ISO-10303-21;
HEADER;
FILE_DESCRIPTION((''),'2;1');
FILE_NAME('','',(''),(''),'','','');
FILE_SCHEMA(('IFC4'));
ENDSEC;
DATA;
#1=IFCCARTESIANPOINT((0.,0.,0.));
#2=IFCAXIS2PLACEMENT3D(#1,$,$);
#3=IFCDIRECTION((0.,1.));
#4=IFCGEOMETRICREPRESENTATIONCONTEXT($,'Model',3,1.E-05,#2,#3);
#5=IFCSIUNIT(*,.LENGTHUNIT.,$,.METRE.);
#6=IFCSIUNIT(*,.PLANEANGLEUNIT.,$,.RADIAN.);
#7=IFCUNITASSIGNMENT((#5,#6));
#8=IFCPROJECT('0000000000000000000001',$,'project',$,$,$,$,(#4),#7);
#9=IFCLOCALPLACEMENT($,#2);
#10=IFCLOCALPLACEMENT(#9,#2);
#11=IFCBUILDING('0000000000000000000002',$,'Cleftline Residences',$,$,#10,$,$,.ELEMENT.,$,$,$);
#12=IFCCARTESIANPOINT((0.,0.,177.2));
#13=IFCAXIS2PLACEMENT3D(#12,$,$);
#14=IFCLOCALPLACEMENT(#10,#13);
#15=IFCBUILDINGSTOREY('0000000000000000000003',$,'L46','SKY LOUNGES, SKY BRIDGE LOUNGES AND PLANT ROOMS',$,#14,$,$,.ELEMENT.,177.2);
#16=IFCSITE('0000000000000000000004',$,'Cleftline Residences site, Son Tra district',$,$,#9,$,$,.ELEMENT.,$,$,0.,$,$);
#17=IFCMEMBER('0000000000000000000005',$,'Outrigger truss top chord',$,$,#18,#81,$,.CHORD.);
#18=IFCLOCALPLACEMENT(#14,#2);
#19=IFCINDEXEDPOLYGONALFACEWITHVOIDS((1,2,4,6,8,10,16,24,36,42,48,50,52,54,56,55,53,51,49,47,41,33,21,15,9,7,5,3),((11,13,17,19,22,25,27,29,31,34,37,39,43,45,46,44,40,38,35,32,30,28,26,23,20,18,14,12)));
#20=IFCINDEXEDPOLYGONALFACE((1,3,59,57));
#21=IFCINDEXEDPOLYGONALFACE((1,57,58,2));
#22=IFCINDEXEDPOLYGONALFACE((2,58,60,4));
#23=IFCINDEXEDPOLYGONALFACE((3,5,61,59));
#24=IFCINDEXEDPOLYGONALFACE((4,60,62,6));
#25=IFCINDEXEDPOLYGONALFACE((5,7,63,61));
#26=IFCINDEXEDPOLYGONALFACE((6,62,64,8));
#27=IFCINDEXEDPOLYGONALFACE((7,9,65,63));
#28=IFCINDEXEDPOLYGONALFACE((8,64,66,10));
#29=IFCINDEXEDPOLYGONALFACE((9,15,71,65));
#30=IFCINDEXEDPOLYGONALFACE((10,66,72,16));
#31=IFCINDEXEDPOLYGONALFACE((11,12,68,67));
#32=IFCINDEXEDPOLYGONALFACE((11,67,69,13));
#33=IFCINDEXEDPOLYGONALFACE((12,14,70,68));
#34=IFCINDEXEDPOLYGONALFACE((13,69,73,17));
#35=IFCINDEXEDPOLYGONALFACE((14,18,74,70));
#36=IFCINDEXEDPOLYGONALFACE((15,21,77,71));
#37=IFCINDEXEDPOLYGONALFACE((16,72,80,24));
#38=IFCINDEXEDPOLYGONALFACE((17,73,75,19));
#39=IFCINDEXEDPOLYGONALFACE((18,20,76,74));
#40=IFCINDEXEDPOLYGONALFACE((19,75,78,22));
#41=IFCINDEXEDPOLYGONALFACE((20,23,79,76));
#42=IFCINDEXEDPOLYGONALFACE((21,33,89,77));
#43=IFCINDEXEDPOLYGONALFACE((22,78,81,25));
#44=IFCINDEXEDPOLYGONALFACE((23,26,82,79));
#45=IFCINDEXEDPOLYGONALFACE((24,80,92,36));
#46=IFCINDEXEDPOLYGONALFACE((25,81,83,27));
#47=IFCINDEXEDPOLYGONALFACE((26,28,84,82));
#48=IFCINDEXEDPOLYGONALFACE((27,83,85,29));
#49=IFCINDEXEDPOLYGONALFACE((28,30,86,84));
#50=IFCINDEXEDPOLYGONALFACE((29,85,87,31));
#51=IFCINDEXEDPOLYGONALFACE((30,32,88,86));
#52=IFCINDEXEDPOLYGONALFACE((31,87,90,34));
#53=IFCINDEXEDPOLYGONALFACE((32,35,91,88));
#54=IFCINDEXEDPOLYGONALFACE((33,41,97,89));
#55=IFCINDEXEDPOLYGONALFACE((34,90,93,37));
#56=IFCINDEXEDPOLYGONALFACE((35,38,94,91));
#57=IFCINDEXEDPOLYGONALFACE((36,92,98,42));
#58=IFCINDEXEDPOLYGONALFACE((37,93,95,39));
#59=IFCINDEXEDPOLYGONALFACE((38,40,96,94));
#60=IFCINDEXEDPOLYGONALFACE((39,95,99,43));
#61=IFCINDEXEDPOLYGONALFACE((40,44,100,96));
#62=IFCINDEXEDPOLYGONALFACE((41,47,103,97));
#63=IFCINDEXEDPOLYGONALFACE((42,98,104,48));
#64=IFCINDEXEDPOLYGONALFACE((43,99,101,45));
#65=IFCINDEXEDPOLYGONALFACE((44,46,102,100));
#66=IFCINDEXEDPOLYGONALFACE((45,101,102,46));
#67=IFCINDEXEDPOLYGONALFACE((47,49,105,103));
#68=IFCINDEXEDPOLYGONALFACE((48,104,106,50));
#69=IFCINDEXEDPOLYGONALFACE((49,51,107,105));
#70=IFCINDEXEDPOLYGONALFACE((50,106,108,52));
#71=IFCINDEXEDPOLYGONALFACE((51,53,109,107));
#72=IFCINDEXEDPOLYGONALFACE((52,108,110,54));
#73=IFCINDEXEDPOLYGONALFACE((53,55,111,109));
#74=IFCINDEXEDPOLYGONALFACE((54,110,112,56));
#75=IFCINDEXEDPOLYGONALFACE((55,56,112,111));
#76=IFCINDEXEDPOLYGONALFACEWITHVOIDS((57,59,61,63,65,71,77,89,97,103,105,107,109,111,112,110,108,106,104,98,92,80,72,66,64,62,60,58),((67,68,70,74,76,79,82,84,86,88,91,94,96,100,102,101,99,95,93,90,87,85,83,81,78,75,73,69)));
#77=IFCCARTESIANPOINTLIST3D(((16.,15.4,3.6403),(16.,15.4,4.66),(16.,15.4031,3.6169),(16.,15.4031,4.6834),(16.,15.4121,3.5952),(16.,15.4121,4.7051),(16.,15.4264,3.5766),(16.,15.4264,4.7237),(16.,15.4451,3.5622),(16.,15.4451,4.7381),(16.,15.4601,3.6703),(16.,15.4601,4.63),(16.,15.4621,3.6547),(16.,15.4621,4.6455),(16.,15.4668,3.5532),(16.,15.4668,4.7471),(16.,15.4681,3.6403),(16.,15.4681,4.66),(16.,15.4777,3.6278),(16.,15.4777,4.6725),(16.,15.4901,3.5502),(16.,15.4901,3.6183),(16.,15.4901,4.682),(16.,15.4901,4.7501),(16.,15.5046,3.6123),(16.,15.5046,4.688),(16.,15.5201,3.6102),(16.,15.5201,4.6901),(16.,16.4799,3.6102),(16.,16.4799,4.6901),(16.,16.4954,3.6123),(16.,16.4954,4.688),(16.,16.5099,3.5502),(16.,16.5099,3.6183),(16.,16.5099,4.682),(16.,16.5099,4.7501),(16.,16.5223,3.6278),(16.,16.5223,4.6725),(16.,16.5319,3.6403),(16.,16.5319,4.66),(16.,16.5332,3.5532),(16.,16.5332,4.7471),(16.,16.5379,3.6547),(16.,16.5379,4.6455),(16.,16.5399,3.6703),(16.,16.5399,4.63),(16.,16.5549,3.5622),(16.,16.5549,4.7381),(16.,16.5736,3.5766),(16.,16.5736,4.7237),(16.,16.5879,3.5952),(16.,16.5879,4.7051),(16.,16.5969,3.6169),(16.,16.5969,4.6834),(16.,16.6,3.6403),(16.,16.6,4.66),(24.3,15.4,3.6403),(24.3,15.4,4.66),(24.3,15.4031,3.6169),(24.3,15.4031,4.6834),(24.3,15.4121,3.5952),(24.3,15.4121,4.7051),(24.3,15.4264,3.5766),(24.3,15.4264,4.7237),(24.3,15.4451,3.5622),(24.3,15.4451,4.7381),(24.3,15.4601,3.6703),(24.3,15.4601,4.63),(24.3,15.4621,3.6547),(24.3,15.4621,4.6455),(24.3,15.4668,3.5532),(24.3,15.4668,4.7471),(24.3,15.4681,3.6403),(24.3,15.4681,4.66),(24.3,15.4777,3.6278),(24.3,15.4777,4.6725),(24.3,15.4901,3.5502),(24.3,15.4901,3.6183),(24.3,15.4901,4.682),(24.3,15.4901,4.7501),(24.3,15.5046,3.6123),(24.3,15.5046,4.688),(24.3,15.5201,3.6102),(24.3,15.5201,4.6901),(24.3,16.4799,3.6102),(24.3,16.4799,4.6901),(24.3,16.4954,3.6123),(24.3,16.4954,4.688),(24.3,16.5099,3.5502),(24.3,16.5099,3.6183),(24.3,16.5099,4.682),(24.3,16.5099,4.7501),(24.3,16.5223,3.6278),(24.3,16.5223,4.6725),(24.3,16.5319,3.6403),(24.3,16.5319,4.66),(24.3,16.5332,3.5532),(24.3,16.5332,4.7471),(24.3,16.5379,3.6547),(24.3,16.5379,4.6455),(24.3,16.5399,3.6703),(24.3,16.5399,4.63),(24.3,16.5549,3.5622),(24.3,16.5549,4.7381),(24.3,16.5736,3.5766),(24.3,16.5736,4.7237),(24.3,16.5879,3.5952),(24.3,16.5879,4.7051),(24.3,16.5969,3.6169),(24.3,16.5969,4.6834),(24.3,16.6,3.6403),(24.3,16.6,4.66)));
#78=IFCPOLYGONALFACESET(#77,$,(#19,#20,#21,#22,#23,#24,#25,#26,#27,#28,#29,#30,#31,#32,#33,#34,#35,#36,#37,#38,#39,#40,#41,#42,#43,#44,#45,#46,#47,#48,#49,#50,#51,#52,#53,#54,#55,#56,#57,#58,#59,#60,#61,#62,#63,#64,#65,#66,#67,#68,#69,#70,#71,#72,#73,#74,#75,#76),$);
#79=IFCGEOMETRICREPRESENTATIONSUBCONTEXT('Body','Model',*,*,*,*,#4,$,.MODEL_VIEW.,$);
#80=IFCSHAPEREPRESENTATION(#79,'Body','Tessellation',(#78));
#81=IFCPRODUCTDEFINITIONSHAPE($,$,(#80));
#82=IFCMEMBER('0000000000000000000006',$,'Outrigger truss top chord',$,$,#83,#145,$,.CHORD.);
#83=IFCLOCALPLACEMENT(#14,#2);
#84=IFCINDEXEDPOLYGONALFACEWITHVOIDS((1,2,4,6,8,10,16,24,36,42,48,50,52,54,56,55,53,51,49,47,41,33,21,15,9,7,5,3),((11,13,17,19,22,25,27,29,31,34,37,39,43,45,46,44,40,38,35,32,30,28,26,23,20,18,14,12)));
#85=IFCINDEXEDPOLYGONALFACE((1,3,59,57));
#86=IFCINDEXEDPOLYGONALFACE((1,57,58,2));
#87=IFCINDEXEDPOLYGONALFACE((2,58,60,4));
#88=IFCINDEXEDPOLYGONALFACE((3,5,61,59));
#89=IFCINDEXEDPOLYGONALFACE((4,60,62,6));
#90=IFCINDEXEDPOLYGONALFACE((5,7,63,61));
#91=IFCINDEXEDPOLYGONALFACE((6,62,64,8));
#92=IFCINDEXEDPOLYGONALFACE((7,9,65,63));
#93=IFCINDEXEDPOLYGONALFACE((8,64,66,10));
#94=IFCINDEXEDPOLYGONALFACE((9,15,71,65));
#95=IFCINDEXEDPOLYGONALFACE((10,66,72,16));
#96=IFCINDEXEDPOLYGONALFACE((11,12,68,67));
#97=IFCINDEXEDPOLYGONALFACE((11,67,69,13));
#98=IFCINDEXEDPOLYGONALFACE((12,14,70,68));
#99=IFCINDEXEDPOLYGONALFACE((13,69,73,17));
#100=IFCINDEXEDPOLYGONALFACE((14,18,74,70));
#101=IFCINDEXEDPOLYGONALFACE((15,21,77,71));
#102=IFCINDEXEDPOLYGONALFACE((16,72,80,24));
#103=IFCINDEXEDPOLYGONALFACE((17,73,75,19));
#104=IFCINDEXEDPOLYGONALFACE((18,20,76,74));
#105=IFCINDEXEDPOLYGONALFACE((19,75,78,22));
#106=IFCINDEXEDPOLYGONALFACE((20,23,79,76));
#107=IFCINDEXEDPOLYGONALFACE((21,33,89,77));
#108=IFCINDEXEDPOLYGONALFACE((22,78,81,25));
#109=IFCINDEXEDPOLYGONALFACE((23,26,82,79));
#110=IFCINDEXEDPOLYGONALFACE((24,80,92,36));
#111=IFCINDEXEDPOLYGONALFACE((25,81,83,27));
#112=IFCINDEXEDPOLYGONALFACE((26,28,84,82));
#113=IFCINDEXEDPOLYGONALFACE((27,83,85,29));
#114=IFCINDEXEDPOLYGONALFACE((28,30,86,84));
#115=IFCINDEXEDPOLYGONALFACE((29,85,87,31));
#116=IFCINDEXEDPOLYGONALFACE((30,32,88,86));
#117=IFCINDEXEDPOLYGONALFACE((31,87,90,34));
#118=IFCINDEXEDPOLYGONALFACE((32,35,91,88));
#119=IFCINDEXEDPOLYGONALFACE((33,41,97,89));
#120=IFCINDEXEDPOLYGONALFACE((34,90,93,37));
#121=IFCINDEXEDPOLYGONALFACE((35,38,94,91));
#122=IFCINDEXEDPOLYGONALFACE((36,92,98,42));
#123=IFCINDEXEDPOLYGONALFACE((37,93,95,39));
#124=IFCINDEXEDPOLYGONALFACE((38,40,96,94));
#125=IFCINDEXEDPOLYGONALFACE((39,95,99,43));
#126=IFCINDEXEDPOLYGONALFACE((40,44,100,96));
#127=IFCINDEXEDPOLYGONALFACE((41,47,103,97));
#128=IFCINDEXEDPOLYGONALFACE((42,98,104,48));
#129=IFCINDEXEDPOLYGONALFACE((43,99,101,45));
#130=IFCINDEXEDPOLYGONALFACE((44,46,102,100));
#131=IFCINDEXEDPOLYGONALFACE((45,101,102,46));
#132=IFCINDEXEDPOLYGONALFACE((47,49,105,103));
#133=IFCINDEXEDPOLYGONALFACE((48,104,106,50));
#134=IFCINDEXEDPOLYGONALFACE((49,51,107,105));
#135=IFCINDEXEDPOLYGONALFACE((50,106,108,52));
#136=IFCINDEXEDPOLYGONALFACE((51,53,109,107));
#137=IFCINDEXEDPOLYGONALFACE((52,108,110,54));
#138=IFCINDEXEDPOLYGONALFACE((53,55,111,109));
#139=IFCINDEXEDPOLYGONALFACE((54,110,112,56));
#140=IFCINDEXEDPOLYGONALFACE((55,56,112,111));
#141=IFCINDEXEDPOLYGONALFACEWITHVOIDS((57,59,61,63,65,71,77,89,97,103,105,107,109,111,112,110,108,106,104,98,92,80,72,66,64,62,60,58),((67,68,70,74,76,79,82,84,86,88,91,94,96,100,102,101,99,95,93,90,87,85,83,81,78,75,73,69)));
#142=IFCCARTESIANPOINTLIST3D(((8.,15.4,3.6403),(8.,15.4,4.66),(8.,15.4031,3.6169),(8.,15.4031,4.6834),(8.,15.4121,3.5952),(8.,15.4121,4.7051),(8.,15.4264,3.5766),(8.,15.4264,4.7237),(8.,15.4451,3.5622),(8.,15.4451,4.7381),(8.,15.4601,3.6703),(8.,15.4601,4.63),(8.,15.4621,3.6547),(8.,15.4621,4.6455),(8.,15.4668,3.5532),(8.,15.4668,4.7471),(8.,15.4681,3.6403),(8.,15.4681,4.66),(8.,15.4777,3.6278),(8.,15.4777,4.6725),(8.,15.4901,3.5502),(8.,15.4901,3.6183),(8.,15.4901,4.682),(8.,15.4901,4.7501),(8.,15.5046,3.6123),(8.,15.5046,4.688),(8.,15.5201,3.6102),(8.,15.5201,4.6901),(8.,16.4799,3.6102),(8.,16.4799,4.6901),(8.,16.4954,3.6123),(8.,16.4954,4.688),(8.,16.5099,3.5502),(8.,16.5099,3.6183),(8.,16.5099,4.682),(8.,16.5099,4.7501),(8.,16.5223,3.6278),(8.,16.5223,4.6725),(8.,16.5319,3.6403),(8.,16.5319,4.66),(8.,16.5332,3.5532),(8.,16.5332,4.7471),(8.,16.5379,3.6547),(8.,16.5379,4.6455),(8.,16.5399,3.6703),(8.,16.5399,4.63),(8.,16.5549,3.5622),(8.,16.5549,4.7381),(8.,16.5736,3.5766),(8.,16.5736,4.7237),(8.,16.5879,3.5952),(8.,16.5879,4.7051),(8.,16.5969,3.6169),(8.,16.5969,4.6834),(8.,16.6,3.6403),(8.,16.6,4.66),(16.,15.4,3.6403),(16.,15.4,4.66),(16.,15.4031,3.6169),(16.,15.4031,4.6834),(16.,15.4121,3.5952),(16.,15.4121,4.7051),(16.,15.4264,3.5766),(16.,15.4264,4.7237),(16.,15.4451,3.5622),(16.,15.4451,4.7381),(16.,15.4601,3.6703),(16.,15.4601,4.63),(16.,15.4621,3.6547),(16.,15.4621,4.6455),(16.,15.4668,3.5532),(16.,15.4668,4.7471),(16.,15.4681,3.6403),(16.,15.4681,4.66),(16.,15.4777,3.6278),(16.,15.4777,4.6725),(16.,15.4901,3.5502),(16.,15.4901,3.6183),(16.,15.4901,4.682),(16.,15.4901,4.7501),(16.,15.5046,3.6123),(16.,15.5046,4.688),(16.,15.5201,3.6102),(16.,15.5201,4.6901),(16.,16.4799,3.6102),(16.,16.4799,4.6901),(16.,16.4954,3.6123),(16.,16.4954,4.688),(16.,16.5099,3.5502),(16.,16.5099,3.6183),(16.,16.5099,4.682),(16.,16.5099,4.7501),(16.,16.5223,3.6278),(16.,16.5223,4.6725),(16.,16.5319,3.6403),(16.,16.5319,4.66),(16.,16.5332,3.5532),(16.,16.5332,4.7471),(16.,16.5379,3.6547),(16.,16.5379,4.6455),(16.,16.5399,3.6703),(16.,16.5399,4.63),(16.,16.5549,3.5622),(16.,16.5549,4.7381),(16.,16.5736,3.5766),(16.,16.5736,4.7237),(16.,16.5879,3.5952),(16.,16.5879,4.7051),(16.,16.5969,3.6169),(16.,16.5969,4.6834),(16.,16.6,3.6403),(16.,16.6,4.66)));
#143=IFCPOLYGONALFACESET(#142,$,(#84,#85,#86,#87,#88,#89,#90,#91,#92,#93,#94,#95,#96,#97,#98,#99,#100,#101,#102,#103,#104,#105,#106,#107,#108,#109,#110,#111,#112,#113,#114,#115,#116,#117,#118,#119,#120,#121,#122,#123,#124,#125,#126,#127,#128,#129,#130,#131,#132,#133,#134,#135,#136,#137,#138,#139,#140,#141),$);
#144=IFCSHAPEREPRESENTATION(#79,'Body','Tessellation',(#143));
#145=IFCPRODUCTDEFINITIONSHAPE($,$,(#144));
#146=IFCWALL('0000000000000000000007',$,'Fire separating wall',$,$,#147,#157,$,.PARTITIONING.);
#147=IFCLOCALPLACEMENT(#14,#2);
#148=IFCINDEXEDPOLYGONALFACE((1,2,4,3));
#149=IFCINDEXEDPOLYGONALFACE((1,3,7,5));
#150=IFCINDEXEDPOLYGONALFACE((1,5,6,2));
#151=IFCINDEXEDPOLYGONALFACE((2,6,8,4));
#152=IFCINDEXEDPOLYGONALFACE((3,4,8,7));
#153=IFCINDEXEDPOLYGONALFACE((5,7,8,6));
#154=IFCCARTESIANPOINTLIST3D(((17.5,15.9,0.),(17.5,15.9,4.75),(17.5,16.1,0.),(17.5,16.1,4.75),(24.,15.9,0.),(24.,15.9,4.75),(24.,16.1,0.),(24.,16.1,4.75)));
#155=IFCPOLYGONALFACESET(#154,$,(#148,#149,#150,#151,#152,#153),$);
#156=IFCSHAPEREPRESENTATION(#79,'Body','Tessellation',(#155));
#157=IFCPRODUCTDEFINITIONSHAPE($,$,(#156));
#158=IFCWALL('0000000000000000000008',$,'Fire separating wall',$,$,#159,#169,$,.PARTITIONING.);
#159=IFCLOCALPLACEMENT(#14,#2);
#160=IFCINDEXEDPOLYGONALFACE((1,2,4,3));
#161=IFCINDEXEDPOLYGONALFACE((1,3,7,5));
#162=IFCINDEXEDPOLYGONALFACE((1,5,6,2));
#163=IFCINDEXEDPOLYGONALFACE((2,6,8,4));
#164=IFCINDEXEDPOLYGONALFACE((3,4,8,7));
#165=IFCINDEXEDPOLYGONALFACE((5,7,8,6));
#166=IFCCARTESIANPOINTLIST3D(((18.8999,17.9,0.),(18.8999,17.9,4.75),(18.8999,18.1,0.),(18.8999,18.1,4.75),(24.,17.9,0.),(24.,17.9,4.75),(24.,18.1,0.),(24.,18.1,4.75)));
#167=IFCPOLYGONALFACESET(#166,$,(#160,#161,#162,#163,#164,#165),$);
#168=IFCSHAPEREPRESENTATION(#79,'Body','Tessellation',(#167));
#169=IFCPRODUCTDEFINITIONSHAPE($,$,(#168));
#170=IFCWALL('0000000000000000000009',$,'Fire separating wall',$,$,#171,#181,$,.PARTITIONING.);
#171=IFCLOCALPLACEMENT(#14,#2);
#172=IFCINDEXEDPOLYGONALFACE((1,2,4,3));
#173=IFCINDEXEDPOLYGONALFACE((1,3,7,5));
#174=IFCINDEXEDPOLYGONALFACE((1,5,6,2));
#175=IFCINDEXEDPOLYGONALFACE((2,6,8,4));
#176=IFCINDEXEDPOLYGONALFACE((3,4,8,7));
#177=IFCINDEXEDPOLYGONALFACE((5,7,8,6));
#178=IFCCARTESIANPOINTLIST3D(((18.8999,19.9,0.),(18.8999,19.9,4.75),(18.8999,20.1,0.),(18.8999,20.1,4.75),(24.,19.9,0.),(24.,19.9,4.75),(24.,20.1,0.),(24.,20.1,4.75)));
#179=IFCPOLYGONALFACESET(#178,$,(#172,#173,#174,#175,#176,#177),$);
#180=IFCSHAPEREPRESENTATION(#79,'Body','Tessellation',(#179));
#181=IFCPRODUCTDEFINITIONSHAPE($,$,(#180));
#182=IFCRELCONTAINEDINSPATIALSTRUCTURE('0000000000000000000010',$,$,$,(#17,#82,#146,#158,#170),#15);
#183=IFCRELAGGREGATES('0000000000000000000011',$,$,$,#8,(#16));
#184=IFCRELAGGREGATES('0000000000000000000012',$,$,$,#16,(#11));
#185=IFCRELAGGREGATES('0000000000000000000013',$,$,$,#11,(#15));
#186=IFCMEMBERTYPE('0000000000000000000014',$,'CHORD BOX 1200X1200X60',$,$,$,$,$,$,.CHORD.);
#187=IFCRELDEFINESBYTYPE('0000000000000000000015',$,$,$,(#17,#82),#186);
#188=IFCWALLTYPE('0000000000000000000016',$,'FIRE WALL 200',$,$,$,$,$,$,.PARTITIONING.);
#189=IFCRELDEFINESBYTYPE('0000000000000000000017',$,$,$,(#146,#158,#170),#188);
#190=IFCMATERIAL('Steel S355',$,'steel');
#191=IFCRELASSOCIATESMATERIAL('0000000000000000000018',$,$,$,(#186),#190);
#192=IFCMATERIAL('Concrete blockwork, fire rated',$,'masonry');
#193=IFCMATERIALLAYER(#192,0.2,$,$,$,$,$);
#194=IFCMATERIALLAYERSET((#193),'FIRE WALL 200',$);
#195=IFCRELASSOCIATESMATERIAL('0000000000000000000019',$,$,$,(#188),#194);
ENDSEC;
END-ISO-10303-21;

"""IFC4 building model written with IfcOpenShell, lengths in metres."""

from ifc_helpers import new_model, si_unit, direction, frame, frame_2d, origin, origin_2d, place, context, subcontext, project, spatial, rectangle, hollow_rectangle, extrude, material, layer, layer_set, material_profile, profile_set, type_object, element, save


model = new_model("IFC4")

# Units and contexts
model_context = context("Model", 3, precision=1e-05, world=origin(), true_north=direction((0.0, 1.0)))
body_context = subcontext(model_context, "Body", "Model", "MODEL_VIEW")
ifc_project = project(units=[si_unit("LENGTHUNIT", "METRE"), si_unit("PLANEANGLEUNIT", "RADIAN")], contexts=[model_context])

# Site, building, storey
site_placement = place(None, origin())
site = spatial("IfcSite", under=ifc_project, at=site_placement, Name="Cleftline Residences site, Son Tra district", CompositionType="ELEMENT", RefElevation=0.0)
building_placement = place(site_placement, origin())
building = spatial("IfcBuilding", under=site, at=building_placement, Name="Cleftline Residences", CompositionType="ELEMENT")
storey_placement = place(building_placement, frame((0.0, 0.0, 177.2)))
storey = spatial("IfcBuildingStorey", under=building, at=storey_placement, Name="L46", Description="SKY LOUNGES, SKY BRIDGE LOUNGES AND PLANT ROOMS", CompositionType="ELEMENT", Elevation=177.2)

# Members
ifc_material_1 = material(Name="Steel S355", Category="steel")
ifc_material_profile_1 = material_profile(ifc_material_1, hollow_rectangle(XDim=1.2, YDim=1.2, WallThickness=0.0601, InnerFilletRadius=0.0601, OuterFilletRadius=0.0901, at=origin_2d()))
ifc_profile_set_1 = profile_set([ifc_material_profile_1], Name="Steel S355")
member_type_1 = type_object("IfcMemberType", Name="CHORD BOX 1200X1200X60", PredefinedType="CHORD", material=ifc_profile_set_1)
member_1_placement = place(storey_placement, frame((24.3, 16.0, 4.1501), z_axis=(-1.0, 0.0, 0.0), x_axis=(0.0, -1.0, 0.0)))
element("IfcMember", 1, at=member_1_placement, inside=storey, type_object=member_type_1, Name="Outrigger truss top chord", PredefinedType="CHORD", context=body_context, shape_type="SweptSolid", body=[
    extrude(hollow_rectangle(XDim=1.2, YDim=1.2, WallThickness=0.0601, InnerFilletRadius=0.0601, OuterFilletRadius=0.0901, at=origin_2d()), origin(), (0.0, 0.0, 1.0), 8.3),
])
member_2_placement = place(storey_placement, frame((16.0, 16.0, 4.1501), z_axis=(-1.0, 0.0, 0.0), x_axis=(0.0, -1.0, 0.0)))
element("IfcMember", 2, at=member_2_placement, inside=storey, type_object=member_type_1, Name="Outrigger truss top chord", PredefinedType="CHORD", context=body_context, shape_type="SweptSolid", body=[
    extrude(hollow_rectangle(XDim=1.2, YDim=1.2, WallThickness=0.0601, InnerFilletRadius=0.0601, OuterFilletRadius=0.0901, at=origin_2d()), origin(), (0.0, 0.0, 1.0), 8.0),
])

# Walls
ifc_material_2 = material(Name="Concrete blockwork, fire rated", Category="masonry")
ifc_layer_1 = layer(ifc_material_2, 0.2)
ifc_layer_set_1 = layer_set([ifc_layer_1], Name="FIRE WALL 200")
wall_type_1 = type_object("IfcWallType", Name="FIRE WALL 200", PredefinedType="PARTITIONING", material=ifc_layer_set_1)
wall_1_placement = place(storey_placement, frame((17.5, 16.0, 0.0), z_axis=(0.0, 0.0, 1.0), x_axis=(1.0, 0.0, 0.0)))
element("IfcWall", 3, at=wall_1_placement, inside=storey, type_object=wall_type_1, Name="Fire separating wall", PredefinedType="PARTITIONING", context=body_context, shape_type="SweptSolid", body=[
    extrude(rectangle(XDim=6.5, YDim=0.2, at=frame_2d((3.25, 0.0))), origin(), (0.0, 0.0, 1.0), 4.75),
])
for number, where, z_axis, x_axis, name in (
    (4, (18.8999, 18.0, 0.0), (0.0, 0.0, 1.0), (1.0, 0.0, 0.0), "Fire separating wall"),
    (5, (18.8999, 20.0, 0.0), (0.0, 0.0, 1.0), (1.0, 0.0, 0.0), "Fire separating wall"),
):
    element("IfcWall", number, at=place(storey_placement, frame(where, z_axis=z_axis, x_axis=x_axis)), inside=storey, type_object=wall_type_1, Name=name, PredefinedType="PARTITIONING", context=body_context, shape_type="SweptSolid", body=[
        extrude(rectangle(XDim=5.1001, YDim=0.2, at=frame_2d((2.55, 0.0))), origin(), (0.0, 0.0, 1.0), 4.75),
    ])

save(model, "model.ifc")
